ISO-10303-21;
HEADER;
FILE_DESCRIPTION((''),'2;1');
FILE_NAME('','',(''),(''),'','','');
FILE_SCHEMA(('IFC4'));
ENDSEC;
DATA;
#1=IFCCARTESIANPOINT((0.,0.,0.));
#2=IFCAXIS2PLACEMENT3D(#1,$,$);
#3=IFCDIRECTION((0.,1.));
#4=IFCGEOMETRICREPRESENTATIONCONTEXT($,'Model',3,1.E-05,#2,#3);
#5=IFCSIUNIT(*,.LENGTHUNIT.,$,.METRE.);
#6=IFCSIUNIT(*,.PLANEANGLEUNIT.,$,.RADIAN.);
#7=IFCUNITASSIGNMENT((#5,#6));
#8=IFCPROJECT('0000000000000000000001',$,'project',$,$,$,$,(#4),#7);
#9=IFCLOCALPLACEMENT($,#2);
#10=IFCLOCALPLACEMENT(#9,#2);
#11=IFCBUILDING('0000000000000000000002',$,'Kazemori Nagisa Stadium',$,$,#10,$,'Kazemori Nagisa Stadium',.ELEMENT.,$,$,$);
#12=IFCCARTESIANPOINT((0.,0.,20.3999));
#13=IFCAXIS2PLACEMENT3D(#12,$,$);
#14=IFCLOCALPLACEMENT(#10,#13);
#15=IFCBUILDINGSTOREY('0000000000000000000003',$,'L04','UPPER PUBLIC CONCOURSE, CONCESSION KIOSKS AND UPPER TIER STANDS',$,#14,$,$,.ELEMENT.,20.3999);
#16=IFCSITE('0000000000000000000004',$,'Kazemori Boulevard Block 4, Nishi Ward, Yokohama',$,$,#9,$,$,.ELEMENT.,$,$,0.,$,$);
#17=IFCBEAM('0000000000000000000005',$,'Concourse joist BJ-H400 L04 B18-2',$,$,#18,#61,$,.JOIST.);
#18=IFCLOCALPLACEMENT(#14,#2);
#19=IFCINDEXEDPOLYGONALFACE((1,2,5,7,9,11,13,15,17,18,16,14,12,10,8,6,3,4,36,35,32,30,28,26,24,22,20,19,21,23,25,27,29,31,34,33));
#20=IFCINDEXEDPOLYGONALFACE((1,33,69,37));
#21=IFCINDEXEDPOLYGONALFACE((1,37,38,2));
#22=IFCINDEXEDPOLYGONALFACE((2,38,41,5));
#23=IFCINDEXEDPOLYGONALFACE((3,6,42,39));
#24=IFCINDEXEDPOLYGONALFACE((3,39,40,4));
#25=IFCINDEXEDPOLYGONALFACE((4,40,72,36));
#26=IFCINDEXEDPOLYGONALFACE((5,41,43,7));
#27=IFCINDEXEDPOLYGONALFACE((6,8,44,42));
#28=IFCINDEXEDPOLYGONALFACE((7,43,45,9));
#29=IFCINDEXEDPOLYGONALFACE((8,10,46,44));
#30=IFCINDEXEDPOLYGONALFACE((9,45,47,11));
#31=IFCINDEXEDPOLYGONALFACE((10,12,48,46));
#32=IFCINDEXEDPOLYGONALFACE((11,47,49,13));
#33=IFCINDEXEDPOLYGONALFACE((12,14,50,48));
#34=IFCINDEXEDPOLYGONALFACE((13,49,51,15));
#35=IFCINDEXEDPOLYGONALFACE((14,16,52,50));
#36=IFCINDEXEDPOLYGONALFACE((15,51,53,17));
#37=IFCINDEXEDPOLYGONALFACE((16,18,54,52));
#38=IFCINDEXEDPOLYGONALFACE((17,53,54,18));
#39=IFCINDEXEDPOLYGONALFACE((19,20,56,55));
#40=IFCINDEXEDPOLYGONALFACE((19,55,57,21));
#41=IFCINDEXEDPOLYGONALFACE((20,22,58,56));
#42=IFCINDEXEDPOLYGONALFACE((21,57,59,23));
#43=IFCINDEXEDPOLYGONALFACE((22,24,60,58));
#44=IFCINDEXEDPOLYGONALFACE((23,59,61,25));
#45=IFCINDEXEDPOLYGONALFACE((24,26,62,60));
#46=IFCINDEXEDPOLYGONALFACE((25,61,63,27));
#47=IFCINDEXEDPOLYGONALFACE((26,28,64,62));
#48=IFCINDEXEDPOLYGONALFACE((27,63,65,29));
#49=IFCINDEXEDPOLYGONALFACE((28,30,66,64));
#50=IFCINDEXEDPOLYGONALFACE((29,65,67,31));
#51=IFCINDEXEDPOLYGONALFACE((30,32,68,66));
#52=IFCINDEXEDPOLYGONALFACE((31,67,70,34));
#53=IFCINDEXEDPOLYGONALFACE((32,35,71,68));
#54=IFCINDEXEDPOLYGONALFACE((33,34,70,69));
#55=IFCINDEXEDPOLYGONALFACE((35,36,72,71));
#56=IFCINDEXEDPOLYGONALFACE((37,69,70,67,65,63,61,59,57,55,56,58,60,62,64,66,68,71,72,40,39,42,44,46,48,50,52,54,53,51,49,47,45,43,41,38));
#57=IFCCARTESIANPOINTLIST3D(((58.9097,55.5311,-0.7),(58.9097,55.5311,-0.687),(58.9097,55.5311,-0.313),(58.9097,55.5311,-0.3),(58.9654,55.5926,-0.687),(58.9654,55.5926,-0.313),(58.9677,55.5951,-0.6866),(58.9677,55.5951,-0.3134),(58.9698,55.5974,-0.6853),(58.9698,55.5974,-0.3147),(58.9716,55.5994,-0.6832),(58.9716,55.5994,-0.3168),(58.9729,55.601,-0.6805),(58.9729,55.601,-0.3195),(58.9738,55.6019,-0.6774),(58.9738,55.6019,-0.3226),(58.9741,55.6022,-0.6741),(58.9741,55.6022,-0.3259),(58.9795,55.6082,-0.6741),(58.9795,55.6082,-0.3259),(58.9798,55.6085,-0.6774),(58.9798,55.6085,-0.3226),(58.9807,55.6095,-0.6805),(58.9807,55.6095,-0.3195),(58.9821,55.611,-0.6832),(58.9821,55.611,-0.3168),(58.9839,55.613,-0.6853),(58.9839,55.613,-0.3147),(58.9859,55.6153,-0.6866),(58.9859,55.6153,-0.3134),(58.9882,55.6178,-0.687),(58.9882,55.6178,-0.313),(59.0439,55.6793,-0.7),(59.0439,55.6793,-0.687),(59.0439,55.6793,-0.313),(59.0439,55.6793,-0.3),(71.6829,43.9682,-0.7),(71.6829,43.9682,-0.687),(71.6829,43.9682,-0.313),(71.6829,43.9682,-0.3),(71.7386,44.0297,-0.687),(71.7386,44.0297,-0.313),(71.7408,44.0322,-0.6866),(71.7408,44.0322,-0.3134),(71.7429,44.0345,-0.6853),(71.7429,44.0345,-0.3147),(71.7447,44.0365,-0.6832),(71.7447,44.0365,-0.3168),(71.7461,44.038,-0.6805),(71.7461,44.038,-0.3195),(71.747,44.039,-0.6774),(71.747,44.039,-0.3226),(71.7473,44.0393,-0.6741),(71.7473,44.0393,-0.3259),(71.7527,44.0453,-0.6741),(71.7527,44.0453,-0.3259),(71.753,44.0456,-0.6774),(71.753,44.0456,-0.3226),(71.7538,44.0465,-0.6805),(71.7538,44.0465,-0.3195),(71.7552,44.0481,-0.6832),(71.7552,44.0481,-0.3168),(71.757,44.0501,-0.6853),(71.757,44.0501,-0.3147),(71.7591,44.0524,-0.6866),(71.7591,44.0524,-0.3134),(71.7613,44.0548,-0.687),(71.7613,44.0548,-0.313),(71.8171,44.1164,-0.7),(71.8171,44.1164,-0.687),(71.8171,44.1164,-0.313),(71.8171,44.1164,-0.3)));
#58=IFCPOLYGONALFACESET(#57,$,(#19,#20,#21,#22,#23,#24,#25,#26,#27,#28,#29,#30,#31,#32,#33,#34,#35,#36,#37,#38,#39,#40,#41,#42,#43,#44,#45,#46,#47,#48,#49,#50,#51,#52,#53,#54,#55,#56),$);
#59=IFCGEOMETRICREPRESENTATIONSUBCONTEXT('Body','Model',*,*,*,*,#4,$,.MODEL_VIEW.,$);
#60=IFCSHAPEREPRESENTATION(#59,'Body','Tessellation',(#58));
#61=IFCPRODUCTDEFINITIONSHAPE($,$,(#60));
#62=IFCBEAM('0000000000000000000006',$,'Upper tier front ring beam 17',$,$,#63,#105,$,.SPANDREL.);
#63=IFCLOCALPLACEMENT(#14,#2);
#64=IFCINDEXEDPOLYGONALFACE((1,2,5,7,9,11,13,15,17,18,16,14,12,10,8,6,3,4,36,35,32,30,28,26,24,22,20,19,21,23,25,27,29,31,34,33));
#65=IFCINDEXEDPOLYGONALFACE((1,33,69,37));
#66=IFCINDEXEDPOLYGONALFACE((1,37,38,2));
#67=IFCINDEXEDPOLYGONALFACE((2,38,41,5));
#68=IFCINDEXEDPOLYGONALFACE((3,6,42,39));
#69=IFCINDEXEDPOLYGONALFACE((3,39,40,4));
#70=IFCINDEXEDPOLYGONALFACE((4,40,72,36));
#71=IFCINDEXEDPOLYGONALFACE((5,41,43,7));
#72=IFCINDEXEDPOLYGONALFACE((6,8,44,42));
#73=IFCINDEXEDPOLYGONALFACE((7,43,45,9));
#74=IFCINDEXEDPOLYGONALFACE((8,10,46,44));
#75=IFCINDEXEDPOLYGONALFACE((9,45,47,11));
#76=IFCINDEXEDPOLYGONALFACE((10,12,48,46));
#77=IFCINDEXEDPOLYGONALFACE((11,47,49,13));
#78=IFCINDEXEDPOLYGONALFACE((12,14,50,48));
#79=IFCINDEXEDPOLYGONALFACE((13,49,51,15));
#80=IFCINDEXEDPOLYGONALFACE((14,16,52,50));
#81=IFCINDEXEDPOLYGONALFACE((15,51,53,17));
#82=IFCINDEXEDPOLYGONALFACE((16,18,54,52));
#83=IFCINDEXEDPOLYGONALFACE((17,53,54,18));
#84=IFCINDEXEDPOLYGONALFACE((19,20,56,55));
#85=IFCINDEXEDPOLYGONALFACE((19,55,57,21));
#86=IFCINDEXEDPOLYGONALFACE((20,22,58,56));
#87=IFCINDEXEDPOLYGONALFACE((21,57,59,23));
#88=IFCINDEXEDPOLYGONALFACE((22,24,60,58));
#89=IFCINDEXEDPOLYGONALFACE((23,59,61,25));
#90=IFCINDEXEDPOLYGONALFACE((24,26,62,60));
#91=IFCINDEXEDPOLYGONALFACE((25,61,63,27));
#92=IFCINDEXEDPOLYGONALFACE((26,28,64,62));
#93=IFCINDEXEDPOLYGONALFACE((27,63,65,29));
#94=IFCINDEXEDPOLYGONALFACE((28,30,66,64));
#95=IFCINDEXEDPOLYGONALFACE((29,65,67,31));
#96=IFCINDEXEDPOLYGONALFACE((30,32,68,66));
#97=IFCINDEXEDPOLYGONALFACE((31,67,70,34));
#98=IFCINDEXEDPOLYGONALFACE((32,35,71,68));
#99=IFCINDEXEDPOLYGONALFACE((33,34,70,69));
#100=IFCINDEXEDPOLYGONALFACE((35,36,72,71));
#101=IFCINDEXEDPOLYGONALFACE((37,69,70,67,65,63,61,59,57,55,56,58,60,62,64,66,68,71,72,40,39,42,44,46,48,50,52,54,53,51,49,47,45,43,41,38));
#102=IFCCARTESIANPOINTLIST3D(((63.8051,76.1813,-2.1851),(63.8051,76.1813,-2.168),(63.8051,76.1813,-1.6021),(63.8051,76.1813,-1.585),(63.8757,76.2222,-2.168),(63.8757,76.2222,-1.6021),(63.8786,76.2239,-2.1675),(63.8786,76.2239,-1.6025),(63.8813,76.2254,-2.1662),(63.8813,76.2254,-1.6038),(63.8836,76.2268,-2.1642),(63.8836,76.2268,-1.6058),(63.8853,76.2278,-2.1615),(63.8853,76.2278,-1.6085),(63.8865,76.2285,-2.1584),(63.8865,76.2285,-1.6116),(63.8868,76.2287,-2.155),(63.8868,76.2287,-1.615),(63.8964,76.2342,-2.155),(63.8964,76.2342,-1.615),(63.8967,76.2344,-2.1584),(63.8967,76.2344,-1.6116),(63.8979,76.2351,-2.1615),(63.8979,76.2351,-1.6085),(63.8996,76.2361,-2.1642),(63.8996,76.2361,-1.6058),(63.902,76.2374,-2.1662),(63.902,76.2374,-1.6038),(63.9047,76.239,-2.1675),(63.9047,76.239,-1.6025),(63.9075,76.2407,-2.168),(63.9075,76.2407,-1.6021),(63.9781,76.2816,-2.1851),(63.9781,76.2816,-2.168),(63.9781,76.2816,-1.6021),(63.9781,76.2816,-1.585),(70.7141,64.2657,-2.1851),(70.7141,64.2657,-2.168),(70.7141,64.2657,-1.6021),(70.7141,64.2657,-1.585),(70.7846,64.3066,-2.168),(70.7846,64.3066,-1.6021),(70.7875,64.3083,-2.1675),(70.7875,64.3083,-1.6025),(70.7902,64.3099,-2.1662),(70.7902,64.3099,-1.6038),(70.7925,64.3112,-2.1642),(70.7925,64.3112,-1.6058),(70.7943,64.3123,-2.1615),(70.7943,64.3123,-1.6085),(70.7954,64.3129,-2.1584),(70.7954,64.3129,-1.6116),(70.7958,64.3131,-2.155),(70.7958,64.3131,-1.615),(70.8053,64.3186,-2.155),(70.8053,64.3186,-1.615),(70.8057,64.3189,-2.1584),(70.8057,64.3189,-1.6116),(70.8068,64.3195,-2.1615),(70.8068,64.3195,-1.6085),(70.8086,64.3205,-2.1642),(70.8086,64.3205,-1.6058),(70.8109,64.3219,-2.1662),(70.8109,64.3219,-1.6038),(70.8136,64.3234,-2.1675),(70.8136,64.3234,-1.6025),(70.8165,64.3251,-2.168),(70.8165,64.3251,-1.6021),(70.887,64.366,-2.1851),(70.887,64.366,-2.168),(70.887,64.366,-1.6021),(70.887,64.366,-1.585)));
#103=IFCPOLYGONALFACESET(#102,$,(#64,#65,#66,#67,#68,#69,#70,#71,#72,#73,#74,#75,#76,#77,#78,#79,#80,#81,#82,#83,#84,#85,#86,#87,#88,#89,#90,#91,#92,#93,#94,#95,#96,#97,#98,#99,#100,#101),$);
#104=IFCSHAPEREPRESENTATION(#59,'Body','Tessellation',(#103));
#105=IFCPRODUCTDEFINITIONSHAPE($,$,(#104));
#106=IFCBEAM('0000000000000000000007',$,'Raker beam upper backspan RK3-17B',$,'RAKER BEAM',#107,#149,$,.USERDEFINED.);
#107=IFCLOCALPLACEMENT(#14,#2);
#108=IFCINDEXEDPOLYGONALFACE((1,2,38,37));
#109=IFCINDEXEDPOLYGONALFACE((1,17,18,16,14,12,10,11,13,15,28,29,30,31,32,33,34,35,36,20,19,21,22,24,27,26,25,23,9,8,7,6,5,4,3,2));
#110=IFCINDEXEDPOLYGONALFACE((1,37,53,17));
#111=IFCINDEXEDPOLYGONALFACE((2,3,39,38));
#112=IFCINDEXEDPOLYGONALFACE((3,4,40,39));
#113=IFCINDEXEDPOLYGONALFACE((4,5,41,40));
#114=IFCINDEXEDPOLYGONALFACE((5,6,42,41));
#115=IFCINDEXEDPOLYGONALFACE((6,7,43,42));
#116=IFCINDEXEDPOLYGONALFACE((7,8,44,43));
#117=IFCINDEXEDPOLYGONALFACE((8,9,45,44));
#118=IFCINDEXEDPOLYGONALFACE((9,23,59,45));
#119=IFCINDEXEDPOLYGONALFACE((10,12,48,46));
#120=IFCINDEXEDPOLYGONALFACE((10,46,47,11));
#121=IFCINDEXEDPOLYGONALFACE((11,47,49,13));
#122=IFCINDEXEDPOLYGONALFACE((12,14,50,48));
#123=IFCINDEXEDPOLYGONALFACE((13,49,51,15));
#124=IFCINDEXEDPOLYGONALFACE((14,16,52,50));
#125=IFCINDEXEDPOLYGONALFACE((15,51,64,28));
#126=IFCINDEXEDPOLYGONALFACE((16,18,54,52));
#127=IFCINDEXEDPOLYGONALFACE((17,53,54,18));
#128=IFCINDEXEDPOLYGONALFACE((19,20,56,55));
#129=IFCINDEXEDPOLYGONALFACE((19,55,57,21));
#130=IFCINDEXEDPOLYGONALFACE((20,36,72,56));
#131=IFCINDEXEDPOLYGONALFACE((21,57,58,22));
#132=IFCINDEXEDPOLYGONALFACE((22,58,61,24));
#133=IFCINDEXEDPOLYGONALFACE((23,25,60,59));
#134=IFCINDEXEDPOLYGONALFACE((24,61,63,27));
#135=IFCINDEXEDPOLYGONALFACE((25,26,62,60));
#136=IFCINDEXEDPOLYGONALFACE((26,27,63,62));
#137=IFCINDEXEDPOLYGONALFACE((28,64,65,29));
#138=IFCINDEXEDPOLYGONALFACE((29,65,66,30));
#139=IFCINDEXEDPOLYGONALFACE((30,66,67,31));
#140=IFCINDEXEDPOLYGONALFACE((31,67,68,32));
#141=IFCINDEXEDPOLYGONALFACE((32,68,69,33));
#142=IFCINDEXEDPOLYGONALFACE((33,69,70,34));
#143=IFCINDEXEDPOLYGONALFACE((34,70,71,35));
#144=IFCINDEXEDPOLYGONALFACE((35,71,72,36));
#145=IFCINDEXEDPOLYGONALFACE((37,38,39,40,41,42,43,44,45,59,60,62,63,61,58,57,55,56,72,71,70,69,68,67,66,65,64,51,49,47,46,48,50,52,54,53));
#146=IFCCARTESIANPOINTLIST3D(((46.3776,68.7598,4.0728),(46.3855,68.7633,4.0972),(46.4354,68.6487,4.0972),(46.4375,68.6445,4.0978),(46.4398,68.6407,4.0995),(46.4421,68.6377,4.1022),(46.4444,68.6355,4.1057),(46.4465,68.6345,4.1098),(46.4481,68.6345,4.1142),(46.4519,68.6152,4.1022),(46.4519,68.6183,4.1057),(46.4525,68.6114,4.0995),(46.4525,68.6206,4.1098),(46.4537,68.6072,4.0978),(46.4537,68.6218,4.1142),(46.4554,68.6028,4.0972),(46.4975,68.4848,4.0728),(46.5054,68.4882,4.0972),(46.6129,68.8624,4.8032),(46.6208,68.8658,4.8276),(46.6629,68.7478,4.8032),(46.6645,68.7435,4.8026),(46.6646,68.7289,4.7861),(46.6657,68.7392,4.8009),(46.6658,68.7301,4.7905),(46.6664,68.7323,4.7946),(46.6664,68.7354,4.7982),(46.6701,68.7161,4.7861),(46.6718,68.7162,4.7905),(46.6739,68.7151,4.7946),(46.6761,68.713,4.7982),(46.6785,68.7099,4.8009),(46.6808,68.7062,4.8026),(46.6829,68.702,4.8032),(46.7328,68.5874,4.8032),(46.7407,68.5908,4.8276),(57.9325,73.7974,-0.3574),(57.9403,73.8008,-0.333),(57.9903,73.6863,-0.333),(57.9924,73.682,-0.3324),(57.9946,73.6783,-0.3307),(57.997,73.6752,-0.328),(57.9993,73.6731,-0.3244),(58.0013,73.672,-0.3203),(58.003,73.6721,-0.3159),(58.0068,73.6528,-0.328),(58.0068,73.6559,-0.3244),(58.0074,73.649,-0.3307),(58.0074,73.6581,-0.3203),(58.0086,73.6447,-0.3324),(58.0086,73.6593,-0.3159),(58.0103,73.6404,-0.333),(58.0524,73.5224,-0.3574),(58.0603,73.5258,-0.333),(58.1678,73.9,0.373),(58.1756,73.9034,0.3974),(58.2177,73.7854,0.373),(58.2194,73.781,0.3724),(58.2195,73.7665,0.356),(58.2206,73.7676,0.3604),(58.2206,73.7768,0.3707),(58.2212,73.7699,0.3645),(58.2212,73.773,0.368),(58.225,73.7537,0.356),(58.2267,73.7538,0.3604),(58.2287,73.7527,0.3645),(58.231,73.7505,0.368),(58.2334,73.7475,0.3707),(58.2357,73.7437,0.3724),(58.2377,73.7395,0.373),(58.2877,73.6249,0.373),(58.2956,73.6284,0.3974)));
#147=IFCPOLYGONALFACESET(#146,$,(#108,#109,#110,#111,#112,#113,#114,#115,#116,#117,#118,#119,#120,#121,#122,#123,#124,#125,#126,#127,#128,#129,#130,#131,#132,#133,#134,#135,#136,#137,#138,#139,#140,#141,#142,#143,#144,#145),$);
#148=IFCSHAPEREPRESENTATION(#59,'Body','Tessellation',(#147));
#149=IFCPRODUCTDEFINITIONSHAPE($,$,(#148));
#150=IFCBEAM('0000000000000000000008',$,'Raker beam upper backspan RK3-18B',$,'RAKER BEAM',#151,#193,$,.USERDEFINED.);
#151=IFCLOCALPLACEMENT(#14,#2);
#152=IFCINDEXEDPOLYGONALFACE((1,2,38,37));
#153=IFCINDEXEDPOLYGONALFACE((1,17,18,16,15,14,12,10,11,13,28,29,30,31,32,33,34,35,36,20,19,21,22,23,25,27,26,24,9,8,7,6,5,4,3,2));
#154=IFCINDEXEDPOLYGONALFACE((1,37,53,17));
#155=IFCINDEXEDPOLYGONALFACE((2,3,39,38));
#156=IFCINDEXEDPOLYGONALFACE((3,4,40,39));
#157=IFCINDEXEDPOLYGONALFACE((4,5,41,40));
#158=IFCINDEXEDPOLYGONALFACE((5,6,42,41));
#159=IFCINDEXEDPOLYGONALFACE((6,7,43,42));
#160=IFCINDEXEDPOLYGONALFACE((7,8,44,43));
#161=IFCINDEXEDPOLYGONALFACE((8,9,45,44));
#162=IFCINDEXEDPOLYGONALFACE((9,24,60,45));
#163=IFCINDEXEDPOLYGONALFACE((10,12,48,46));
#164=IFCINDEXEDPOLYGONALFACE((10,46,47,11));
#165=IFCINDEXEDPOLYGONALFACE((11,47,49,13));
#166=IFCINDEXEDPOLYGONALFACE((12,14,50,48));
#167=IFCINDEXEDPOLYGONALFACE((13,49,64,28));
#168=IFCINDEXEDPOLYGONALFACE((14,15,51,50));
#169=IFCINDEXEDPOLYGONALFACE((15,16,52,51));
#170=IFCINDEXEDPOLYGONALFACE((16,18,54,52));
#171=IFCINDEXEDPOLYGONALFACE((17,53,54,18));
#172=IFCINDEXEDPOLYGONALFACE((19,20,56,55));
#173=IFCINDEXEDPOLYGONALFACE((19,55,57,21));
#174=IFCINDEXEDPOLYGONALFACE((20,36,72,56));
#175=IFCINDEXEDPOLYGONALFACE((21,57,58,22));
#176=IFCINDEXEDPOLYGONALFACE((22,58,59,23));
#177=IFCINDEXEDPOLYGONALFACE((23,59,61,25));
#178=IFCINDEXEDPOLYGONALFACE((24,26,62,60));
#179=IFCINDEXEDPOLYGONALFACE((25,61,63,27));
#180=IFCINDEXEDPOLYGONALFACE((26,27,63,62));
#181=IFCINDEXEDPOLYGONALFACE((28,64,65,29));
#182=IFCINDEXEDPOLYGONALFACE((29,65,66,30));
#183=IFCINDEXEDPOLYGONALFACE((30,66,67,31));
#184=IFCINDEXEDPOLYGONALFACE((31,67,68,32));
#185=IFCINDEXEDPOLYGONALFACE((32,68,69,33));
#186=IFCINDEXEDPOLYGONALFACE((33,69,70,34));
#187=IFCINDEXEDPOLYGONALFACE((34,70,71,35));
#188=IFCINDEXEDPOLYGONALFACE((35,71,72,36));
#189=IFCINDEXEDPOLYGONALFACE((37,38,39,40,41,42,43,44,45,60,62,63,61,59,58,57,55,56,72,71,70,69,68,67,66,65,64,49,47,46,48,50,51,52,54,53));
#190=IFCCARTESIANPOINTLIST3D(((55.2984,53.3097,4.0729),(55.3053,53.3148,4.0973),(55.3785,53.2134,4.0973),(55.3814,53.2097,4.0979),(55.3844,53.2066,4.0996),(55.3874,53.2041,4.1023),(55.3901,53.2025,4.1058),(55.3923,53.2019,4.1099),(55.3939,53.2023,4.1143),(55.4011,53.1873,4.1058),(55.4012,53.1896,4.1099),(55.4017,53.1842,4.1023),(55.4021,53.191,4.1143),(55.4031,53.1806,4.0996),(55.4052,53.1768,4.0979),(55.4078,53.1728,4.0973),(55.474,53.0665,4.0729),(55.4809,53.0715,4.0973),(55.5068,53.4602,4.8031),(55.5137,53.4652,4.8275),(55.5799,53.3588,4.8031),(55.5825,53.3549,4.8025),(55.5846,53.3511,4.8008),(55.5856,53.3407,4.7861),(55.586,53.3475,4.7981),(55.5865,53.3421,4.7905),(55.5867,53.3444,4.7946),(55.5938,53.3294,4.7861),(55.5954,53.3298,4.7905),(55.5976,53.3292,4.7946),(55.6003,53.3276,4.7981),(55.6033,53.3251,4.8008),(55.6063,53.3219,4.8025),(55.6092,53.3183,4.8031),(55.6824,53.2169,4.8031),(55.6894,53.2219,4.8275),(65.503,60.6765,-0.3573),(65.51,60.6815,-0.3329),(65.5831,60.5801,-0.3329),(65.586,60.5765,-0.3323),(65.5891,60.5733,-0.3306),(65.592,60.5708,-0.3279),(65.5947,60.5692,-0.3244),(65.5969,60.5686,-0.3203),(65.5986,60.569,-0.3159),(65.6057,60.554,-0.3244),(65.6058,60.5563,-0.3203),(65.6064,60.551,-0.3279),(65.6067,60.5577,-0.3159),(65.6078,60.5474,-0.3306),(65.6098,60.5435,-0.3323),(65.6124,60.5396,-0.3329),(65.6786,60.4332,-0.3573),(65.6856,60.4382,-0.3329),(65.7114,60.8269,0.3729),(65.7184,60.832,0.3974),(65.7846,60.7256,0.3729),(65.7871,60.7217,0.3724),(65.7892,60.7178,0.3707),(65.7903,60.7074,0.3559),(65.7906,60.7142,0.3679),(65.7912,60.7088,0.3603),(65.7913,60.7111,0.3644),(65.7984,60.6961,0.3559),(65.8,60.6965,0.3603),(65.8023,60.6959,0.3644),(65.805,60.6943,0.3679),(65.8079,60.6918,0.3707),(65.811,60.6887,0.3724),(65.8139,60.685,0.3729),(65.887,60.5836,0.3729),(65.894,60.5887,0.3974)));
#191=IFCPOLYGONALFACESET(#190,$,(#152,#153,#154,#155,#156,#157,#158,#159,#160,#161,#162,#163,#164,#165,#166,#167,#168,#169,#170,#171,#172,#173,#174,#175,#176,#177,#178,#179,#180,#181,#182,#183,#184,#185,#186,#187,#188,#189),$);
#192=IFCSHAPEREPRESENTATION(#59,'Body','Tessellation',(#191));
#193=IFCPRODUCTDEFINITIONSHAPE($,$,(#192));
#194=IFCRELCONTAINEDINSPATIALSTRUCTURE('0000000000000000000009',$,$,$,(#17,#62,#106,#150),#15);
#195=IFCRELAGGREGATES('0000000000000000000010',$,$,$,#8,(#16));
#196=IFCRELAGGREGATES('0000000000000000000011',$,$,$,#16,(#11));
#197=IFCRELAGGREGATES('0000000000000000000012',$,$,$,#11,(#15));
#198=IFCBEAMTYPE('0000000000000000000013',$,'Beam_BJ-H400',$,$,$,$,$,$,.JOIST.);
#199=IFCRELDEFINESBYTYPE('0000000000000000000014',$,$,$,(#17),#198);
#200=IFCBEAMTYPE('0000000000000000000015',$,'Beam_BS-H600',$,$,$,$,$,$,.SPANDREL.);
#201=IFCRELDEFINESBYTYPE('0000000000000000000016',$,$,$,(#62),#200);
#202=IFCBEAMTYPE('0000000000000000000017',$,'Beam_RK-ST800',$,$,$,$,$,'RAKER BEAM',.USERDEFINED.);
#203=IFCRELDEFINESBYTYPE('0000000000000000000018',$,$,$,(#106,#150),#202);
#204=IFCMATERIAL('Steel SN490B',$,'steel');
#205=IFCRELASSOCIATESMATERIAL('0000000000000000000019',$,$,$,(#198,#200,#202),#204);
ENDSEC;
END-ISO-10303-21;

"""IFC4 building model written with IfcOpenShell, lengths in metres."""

from ifc_helpers import new_model, si_unit, direction, frame, origin, origin_2d, place, context, subcontext, project, spatial, i_section, extrude, material, material_profile, profile_set, type_object, element, save


model = new_model("IFC4")

# Units and contexts
model_context = context("Model", 3, precision=1e-05, world=origin(), true_north=direction((0.0, 1.0)))
body_context = subcontext(model_context, "Body", "Model", "MODEL_VIEW")
ifc_project = project(units=[si_unit("LENGTHUNIT", "METRE"), si_unit("PLANEANGLEUNIT", "RADIAN")], contexts=[model_context])

# Site, building, storey
site_placement = place(None, origin())
site = spatial("IfcSite", under=ifc_project, at=site_placement, Name="Kazemori Boulevard Block 4, Nishi Ward, Yokohama", CompositionType="ELEMENT", RefElevation=0.0)
building_placement = place(site_placement, origin())
building = spatial("IfcBuilding", under=site, at=building_placement, Name="Kazemori Nagisa Stadium", LongName="Kazemori Nagisa Stadium", CompositionType="ELEMENT")
storey_placement = place(building_placement, frame((0.0, 0.0, 20.3999)))
storey = spatial("IfcBuildingStorey", under=building, at=storey_placement, Name="L04", Description="UPPER PUBLIC CONCOURSE, CONCESSION KIOSKS AND UPPER TIER STANDS", CompositionType="ELEMENT", Elevation=20.3999)

# Beams
ifc_material_1 = material(Name="Steel SN490B", Category="steel")
ifc_material_profile_1 = material_profile(ifc_material_1, i_section(OverallWidth=0.2, OverallDepth=0.3999, WebThickness=0.0081, FlangeThickness=0.0129, FilletRadius=0.0129, at=origin_2d()), Name="H-400x200x8x13")
ifc_profile_set_1 = profile_set([ifc_material_profile_1], Name="Steel SN490B")
beam_type_1 = type_object("IfcBeamType", Name="Beam_BJ-H400", PredefinedType="JOIST", material=ifc_profile_set_1)
beam_1_placement = place(storey_placement, frame((58.9768, 55.6052, -0.5), z_axis=(0.741354, -0.671114, 0.0), x_axis=(0.671114, 0.741354, 0.0)))
element("IfcBeam", 1, at=beam_1_placement, inside=storey, type_object=beam_type_1, Name="Concourse joist BJ-H400 L04 B18-2", PredefinedType="JOIST", context=body_context, shape_type="SweptSolid", body=[
    extrude(i_section(OverallWidth=0.2, OverallDepth=0.3999, WebThickness=0.0081, FlangeThickness=0.0129, FilletRadius=0.0129, at=origin_2d()), origin(), (0.0, 0.0, 1.0), 17.2295),
])
ifc_material_profile_2 = material_profile(ifc_material_1, i_section(OverallWidth=0.2, OverallDepth=0.6001, WebThickness=0.011, FlangeThickness=0.0171, FilletRadius=0.0129, at=origin_2d()), Name="H-600x200x11x17")
ifc_profile_set_2 = profile_set([ifc_material_profile_2], Name="Steel SN490B")
beam_type_2 = type_object("IfcBeamType", Name="Beam_BS-H600", PredefinedType="SPANDREL", material=ifc_profile_set_2)
beam_2_placement = place(storey_placement, frame((63.8916, 76.2314, -1.885), z_axis=(0.501606, -0.865096, 0.0), x_axis=(0.865096, 0.501606, 0.0)))
element("IfcBeam", 2, at=beam_2_placement, inside=storey, type_object=beam_type_2, Name="Upper tier front ring beam 17", PredefinedType="SPANDREL", context=body_context, shape_type="SweptSolid", body=[
    extrude(i_section(OverallWidth=0.2, OverallDepth=0.6001, WebThickness=0.011, FlangeThickness=0.0171, FilletRadius=0.0129, at=origin_2d()), origin(), (0.0, 0.0, 1.0), 13.7737),
])
ifc_material_profile_3 = material_profile(ifc_material_1, i_section(OverallWidth=0.3, OverallDepth=0.8, WebThickness=0.0139, FlangeThickness=0.0259, FilletRadius=0.0181, at=origin_2d()), Name="H-800x300x14x26")
ifc_profile_set_3 = profile_set([ifc_material_profile_3], Name="Steel SN490B")
beam_type_3 = type_object("IfcBeamType", Name="Beam_RK-ST800", ElementType="RAKER BEAM", PredefinedType="USERDEFINED", material=ifc_profile_set_3)
beam_3_placement = place(storey_placement, frame((58.114, 73.7129, 0.02), z_axis=(-0.864816, -0.377033, 0.331571), x_axis=(0.399641, -0.916672, 0.0)))
element("IfcBeam", 3, at=beam_3_placement, inside=storey, type_object=beam_type_3, Name="Raker beam upper backspan RK3-17B", ObjectType="RAKER BEAM", PredefinedType="USERDEFINED", context=body_context, shape_type="SweptSolid", body=[
    extrude(i_section(OverallWidth=0.3, OverallDepth=0.8, WebThickness=0.0139, FlangeThickness=0.0259, FilletRadius=0.0181, at=origin_2d()), origin(), (0.0, 0.0, 1.0), 13.3611),
])
beam_4_placement = place(storey_placement, frame((65.6985, 60.6326, 0.02), z_axis=(-0.764805, -0.552113, 0.332029), x_axis=(0.585319, -0.810803, 0.0)))
element("IfcBeam", 4, at=beam_4_placement, inside=storey, type_object=beam_type_3, Name="Raker beam upper backspan RK3-18B", ObjectType="RAKER BEAM", PredefinedType="USERDEFINED", context=body_context, shape_type="SweptSolid", body=[
    extrude(i_section(OverallWidth=0.3, OverallDepth=0.8, WebThickness=0.0139, FlangeThickness=0.0259, FilletRadius=0.0181, at=origin_2d()), origin(), (0.0, 0.0, 1.0), 13.3428),
])

save(model, "model.ifc")
